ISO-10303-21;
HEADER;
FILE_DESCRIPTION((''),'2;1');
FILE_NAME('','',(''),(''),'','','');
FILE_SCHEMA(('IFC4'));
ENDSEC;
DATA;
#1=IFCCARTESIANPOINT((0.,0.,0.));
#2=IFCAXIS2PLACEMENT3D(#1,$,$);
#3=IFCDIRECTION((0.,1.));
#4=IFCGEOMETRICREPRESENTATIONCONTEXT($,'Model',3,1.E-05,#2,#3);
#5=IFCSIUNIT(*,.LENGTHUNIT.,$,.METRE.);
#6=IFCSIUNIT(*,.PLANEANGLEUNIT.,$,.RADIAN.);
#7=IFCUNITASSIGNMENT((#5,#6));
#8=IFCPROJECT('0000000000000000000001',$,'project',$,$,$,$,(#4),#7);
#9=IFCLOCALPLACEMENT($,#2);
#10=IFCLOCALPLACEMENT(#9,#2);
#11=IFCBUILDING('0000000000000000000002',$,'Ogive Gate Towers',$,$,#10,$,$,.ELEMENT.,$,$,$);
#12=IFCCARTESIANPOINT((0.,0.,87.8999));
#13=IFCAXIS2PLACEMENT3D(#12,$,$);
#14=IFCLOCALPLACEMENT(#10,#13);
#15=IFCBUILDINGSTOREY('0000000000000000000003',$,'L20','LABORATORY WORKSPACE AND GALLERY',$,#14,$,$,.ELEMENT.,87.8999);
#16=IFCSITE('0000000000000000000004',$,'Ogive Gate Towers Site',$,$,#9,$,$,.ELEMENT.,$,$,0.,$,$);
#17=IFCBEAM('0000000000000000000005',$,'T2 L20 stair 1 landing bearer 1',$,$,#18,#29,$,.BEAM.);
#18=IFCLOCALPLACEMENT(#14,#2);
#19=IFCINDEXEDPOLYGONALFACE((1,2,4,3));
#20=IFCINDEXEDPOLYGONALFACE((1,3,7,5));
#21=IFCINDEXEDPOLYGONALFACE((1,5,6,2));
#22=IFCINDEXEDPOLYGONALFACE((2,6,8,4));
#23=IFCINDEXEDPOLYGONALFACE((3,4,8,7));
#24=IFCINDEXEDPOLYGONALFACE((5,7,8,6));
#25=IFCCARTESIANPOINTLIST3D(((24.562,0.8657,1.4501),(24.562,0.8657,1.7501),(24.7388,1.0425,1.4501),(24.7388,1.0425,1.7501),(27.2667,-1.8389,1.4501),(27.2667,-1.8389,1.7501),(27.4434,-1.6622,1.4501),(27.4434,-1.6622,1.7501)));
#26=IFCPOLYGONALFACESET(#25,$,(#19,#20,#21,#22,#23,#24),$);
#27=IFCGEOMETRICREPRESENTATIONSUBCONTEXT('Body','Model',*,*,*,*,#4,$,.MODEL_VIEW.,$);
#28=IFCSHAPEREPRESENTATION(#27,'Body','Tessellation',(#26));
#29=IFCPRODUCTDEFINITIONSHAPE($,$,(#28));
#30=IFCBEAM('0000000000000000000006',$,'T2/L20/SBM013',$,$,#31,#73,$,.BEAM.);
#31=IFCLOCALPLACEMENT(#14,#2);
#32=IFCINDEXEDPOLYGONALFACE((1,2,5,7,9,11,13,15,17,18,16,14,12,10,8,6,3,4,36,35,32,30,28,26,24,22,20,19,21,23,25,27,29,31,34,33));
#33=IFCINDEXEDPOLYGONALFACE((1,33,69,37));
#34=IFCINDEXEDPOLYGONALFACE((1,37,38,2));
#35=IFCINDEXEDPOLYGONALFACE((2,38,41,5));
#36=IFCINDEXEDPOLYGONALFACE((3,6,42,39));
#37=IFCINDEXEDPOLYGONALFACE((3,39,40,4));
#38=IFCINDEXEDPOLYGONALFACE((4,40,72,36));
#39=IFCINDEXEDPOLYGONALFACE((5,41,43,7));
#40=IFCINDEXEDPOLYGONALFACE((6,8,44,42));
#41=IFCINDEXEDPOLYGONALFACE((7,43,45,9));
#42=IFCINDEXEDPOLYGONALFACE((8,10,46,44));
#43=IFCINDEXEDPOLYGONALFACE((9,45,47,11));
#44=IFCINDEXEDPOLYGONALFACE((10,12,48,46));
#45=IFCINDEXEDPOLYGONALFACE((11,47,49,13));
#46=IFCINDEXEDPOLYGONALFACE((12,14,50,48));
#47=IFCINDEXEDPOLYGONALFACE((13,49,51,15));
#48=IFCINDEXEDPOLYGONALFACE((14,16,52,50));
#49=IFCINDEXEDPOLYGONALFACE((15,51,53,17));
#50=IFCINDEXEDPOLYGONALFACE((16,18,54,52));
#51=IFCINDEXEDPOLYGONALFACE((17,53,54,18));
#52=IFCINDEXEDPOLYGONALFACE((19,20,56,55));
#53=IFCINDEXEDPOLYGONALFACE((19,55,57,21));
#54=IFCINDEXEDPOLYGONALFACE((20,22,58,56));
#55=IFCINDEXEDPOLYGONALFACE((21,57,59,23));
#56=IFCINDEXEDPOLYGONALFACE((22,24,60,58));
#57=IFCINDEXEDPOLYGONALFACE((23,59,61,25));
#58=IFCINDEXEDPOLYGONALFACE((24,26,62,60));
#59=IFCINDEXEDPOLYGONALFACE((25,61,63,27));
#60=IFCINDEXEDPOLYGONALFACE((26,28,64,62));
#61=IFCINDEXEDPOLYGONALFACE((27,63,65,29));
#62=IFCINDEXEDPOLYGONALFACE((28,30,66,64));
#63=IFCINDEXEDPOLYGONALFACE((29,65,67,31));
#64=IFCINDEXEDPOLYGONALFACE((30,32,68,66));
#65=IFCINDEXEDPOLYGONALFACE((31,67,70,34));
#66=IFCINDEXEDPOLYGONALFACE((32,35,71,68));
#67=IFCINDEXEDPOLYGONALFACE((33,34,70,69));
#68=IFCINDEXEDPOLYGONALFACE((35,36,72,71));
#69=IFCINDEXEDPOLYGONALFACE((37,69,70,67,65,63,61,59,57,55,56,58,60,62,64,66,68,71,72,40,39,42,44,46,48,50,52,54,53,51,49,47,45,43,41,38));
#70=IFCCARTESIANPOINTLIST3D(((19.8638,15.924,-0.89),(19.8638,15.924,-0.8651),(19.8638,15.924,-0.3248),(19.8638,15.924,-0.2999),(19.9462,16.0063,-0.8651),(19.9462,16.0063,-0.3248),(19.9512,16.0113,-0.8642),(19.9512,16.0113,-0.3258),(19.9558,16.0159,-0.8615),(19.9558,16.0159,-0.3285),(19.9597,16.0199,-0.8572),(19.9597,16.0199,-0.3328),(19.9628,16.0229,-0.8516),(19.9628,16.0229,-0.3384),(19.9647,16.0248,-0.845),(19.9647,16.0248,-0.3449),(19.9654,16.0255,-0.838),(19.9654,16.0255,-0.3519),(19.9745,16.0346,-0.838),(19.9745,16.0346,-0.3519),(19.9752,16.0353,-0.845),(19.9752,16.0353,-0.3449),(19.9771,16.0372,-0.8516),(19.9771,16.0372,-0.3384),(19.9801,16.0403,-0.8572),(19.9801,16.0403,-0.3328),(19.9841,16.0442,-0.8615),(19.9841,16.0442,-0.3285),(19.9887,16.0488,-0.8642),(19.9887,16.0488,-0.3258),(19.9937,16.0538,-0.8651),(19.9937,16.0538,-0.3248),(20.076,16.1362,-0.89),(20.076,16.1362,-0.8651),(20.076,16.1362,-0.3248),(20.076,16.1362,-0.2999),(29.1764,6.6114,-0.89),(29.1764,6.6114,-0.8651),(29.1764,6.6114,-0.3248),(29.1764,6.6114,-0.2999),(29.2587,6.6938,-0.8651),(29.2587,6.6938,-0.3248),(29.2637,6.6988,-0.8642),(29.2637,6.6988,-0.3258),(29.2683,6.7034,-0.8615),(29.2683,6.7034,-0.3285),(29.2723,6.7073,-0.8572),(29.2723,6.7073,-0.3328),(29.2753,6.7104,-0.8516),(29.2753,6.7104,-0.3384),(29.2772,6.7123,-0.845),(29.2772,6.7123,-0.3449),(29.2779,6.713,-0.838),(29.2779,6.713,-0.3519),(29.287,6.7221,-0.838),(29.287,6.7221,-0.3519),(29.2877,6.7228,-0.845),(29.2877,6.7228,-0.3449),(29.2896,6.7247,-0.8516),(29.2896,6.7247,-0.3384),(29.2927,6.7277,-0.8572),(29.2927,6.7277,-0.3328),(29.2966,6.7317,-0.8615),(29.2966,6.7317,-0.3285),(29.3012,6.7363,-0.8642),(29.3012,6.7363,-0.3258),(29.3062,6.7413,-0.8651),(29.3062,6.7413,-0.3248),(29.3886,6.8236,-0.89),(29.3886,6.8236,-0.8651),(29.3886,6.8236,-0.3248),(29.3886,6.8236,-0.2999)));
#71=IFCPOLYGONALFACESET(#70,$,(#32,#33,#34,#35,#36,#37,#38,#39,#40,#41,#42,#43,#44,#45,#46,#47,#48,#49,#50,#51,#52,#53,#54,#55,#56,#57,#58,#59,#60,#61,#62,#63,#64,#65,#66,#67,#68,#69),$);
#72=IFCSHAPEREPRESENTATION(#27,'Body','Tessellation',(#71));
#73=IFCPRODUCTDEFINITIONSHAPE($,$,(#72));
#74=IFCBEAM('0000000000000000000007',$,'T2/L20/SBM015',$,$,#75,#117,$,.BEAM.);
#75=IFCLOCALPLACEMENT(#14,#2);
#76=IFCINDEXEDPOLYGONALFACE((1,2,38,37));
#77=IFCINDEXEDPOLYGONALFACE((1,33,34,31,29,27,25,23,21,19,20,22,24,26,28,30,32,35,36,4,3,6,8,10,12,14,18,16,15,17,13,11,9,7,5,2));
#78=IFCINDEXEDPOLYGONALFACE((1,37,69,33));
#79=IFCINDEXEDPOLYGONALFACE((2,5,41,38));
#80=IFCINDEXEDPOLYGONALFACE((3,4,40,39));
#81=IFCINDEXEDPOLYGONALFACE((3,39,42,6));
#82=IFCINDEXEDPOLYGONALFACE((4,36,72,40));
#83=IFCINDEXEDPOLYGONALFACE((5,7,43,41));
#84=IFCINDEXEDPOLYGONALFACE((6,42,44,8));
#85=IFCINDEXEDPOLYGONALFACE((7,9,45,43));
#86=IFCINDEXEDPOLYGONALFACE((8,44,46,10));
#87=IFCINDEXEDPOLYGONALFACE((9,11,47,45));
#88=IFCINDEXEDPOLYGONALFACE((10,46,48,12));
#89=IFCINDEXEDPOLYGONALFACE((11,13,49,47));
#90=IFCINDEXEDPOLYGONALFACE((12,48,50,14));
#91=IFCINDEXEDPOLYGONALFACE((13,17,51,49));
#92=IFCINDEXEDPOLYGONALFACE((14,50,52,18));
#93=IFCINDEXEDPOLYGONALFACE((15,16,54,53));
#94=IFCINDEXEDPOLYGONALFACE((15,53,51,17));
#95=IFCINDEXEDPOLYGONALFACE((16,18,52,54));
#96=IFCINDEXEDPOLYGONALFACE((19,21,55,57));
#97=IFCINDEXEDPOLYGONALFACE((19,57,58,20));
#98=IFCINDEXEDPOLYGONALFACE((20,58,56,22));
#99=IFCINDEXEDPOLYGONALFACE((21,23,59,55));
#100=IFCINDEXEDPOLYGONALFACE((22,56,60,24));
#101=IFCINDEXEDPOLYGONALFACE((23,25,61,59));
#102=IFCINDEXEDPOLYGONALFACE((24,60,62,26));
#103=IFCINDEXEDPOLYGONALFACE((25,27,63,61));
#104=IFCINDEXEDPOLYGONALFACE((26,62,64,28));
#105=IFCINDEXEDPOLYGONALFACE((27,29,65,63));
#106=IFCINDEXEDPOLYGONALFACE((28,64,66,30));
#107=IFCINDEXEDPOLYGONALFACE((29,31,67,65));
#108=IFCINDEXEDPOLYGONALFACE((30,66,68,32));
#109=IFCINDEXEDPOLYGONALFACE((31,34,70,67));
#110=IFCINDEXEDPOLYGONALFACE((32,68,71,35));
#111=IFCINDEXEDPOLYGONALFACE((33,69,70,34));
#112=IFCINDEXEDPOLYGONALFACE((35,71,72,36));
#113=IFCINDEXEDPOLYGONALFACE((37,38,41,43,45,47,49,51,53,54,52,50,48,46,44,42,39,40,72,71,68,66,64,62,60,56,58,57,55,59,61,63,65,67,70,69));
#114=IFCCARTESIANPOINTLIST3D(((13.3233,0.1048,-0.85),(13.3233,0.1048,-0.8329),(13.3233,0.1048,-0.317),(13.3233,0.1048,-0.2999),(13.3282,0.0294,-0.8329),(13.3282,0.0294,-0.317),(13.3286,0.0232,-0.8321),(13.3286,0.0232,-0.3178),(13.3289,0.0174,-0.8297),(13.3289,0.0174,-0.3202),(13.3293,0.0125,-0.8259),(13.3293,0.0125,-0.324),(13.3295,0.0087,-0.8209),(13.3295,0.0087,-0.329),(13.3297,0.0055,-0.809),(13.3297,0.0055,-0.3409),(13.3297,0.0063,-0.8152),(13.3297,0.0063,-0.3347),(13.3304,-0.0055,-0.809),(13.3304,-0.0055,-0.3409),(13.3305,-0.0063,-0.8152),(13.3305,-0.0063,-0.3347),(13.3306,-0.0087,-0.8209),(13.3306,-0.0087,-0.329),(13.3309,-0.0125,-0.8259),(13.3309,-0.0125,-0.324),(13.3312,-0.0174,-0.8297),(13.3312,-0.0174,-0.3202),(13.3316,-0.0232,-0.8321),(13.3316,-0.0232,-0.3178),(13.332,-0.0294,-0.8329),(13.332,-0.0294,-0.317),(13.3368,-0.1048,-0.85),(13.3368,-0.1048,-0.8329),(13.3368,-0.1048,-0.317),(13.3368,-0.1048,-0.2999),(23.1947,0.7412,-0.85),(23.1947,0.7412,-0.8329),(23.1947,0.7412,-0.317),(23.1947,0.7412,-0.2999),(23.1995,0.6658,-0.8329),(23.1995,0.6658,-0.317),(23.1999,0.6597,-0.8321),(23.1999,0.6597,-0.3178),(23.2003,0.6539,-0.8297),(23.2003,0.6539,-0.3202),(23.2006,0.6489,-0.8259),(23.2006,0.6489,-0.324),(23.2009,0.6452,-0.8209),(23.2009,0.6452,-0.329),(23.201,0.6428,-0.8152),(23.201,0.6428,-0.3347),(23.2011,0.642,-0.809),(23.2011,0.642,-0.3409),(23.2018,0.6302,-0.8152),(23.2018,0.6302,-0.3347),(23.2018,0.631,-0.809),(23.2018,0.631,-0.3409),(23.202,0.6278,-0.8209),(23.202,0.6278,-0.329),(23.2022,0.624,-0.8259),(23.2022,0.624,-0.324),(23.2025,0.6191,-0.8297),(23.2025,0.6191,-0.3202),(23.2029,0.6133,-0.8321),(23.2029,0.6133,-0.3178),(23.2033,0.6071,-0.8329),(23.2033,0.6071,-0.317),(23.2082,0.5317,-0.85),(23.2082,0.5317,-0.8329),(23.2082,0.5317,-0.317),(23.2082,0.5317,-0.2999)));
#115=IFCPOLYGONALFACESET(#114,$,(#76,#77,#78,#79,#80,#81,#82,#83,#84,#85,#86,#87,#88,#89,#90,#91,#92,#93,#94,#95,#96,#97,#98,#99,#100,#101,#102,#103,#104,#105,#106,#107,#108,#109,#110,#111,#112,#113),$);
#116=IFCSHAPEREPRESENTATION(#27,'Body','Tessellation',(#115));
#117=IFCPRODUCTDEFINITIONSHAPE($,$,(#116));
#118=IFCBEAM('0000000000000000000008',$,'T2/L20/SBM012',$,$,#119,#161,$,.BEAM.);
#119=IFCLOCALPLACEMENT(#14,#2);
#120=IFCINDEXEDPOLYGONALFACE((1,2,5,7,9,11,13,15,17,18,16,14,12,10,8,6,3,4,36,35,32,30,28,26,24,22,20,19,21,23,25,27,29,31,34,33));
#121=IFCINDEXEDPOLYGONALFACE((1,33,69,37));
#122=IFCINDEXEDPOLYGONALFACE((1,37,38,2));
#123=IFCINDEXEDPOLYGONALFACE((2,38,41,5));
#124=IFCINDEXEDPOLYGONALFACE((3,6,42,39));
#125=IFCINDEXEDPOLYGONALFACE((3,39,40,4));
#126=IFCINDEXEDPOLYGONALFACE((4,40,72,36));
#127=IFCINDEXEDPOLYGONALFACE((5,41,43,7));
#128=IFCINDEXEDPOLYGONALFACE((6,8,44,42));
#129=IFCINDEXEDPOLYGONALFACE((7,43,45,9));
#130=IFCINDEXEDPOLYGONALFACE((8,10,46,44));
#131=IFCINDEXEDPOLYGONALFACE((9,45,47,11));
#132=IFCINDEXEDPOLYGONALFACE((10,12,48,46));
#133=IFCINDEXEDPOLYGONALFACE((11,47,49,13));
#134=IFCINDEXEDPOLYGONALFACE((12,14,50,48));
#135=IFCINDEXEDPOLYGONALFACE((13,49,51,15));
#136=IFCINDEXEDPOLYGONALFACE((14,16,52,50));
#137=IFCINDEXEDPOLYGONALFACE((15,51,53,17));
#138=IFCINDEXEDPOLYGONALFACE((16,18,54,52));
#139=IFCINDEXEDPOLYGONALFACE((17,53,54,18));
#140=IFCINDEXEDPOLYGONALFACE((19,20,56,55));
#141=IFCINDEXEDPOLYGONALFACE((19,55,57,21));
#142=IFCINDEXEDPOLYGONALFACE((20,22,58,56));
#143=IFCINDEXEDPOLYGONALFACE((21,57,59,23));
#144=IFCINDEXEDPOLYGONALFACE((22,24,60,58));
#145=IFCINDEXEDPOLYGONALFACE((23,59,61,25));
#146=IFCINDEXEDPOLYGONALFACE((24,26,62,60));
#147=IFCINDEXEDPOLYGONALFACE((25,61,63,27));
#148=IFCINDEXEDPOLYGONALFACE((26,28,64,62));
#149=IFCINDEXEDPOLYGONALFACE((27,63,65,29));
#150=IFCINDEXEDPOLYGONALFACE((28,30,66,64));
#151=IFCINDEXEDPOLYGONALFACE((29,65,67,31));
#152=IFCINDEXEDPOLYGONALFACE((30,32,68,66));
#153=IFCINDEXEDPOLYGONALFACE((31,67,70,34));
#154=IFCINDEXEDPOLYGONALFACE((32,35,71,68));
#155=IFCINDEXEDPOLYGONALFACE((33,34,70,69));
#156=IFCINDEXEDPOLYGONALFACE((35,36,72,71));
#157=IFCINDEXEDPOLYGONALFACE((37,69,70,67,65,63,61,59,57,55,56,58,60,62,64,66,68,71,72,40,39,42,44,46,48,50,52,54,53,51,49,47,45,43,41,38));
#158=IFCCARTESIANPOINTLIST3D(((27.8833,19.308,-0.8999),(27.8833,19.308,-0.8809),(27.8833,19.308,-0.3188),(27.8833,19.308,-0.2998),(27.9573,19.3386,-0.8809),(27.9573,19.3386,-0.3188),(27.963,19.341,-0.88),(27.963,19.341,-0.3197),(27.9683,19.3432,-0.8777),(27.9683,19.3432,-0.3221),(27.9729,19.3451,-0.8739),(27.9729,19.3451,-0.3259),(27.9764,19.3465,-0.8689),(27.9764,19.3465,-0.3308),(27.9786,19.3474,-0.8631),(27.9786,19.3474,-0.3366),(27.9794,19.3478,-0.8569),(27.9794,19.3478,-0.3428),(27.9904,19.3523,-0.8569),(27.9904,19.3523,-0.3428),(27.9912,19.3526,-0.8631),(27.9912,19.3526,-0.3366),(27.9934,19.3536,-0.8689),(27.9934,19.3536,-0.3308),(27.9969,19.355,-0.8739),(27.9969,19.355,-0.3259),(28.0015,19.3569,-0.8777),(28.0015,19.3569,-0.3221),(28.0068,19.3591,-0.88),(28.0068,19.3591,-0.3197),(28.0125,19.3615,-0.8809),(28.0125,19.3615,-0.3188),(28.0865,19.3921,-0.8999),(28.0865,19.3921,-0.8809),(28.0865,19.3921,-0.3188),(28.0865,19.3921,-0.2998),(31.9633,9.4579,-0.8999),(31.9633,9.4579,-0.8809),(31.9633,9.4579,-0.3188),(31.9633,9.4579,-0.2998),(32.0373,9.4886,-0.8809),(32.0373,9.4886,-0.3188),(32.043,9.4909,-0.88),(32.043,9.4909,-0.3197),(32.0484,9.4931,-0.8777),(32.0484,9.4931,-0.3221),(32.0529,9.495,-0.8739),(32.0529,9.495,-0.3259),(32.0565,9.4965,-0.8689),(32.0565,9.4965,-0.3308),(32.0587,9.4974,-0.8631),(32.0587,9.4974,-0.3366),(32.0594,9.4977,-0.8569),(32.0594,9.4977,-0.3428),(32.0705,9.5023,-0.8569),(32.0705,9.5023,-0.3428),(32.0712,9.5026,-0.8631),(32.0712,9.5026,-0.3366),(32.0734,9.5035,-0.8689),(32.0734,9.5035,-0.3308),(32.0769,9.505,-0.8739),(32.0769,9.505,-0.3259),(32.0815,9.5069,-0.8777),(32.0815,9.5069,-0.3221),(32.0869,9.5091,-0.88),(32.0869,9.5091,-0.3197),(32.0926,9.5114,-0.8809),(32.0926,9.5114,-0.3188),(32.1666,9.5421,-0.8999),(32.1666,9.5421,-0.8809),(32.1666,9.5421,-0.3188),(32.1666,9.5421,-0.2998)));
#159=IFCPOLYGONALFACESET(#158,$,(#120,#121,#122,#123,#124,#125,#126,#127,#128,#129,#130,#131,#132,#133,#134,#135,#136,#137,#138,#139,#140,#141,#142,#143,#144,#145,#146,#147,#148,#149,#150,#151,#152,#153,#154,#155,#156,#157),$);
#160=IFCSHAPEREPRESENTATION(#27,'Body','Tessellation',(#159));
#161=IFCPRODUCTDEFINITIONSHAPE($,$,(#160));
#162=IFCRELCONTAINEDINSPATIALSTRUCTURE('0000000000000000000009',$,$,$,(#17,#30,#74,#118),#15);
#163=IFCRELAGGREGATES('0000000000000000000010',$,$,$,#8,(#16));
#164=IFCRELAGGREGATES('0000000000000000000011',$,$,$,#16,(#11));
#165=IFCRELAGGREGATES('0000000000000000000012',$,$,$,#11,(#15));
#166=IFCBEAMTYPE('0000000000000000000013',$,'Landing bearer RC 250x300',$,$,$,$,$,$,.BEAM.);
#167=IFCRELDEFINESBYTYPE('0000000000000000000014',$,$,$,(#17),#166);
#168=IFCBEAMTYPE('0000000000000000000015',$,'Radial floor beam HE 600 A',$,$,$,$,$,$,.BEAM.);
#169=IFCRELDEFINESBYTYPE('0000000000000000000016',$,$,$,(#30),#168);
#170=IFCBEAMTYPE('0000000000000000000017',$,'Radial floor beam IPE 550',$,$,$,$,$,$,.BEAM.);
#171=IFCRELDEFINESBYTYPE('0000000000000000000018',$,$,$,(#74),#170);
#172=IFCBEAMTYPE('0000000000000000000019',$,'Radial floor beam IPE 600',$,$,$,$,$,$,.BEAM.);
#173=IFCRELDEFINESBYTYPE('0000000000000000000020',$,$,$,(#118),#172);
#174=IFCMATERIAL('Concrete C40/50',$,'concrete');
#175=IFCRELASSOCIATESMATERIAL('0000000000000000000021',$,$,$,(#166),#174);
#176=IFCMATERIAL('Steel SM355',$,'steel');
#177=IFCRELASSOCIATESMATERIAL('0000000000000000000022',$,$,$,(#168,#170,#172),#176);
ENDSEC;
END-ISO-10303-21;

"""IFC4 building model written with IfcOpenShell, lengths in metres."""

from ifc_helpers import new_model, si_unit, direction, frame, origin, origin_2d, place, context, subcontext, project, spatial, rectangle, i_section, extrude, material, material_profile, profile_set, type_object, element, save


model = new_model("IFC4")

# Units and contexts
model_context = context("Model", 3, precision=1e-05, world=origin(), true_north=direction((0.0, 1.0)))
body_context = subcontext(model_context, "Body", "Model", "MODEL_VIEW")
ifc_project = project(units=[si_unit("LENGTHUNIT", "METRE"), si_unit("PLANEANGLEUNIT", "RADIAN")], contexts=[model_context])

# Site, building, storey
site_placement = place(None, origin())
site = spatial("IfcSite", under=ifc_project, at=site_placement, Name="Ogive Gate Towers Site", CompositionType="ELEMENT", RefElevation=0.0)
building_placement = place(site_placement, origin())
building = spatial("IfcBuilding", under=site, at=building_placement, Name="Ogive Gate Towers", CompositionType="ELEMENT")
storey_placement = place(building_placement, frame((0.0, 0.0, 87.8999)))
storey = spatial("IfcBuildingStorey", under=building, at=storey_placement, Name="L20", Description="LABORATORY WORKSPACE AND GALLERY", CompositionType="ELEMENT", Elevation=87.8999)

# Beams
ifc_material_1 = material(Name="Concrete C40/50", Category="concrete")
ifc_material_profile_1 = material_profile(ifc_material_1, rectangle(XDim=0.25, YDim=0.3, at=origin_2d()), Name="RC 250x300")
ifc_profile_set_1 = profile_set([ifc_material_profile_1], Name="Concrete C40/50")
beam_type_1 = type_object("IfcBeamType", Name="Landing bearer RC 250x300", PredefinedType="BEAM", material=ifc_profile_set_1)
beam_1_placement = place(storey_placement, frame((24.6504, 0.9541, 1.6001), z_axis=(0.707107, -0.707107, 0.0), x_axis=(0.707107, 0.707107, 0.0)))
element("IfcBeam", 1, at=beam_1_placement, inside=storey, type_object=beam_type_1, Name="T2 L20 stair 1 landing bearer 1", PredefinedType="BEAM", context=body_context, shape_type="SweptSolid", body=[
    extrude(rectangle(XDim=0.25, YDim=0.3, at=origin_2d()), origin(), (0.0, 0.0, 1.0), 3.825),
])
ifc_material_2 = material(Name="Steel SM355", Category="steel")
ifc_material_profile_2 = material_profile(ifc_material_2, i_section(OverallWidth=0.3, OverallDepth=0.5901, WebThickness=0.0129, FlangeThickness=0.0249, FilletRadius=0.0271, at=origin_2d()), Name="HE 600 A")
ifc_profile_set_2 = profile_set([ifc_material_profile_2], Name="Steel SM355")
beam_type_2 = type_object("IfcBeamType", Name="Radial floor beam HE 600 A", PredefinedType="BEAM", material=ifc_profile_set_2)
beam_2_placement = place(storey_placement, frame((29.2825, 6.7175, -0.595), z_axis=(-0.707107, 0.707107, 0.0), x_axis=(-0.707107, -0.707107, 0.0)))
element("IfcBeam", 2, at=beam_2_placement, inside=storey, type_object=beam_type_2, Name="T2/L20/SBM013", PredefinedType="BEAM", context=body_context, shape_type="SweptSolid", body=[
    extrude(i_section(OverallWidth=0.3, OverallDepth=0.5901, WebThickness=0.0129, FlangeThickness=0.0249, FilletRadius=0.0271, at=origin_2d()), origin(), (0.0, 0.0, 1.0), 13.1699),
])
ifc_material_profile_3 = material_profile(ifc_material_2, i_section(OverallWidth=0.21, OverallDepth=0.55, WebThickness=0.011, FlangeThickness=0.0171, FilletRadius=0.0239, at=origin_2d()), Name="IPE 550")
ifc_profile_set_3 = profile_set([ifc_material_profile_3], Name="Steel SM355")
beam_type_3 = type_object("IfcBeamType", Name="Radial floor beam IPE 550", PredefinedType="BEAM", material=ifc_profile_set_3)
beam_3_placement = place(storey_placement, frame((23.2014, 0.6365, -0.575), z_axis=(-0.997928, -0.064343, 0.0), x_axis=(0.064343, -0.997928, 0.0)))
element("IfcBeam", 3, at=beam_3_placement, inside=storey, type_object=beam_type_3, Name="T2/L20/SBM015", PredefinedType="BEAM", context=body_context, shape_type="SweptSolid", body=[
    extrude(i_section(OverallWidth=0.21, OverallDepth=0.55, WebThickness=0.011, FlangeThickness=0.0171, FilletRadius=0.0239, at=origin_2d()), origin(), (0.0, 0.0, 1.0), 9.8918),
])
ifc_material_profile_4 = material_profile(ifc_material_2, i_section(OverallWidth=0.22, OverallDepth=0.6001, WebThickness=0.012, FlangeThickness=0.019, FilletRadius=0.0239, at=origin_2d()), Name="IPE 600")
ifc_profile_set_4 = profile_set([ifc_material_profile_4], Name="Steel SM355")
beam_type_4 = type_object("IfcBeamType", Name="Radial floor beam IPE 600", PredefinedType="BEAM", material=ifc_profile_set_4)
for number, where, z_axis, x_axis, name in (
    (4, (32.0649, 9.5, -0.5999), (-0.382686, 0.923878, 0.0), (-0.923878, -0.382686, 0.0), "T2/L20/SBM012"),
):
    element("IfcBeam", number, at=place(storey_placement, frame(where, z_axis=z_axis, x_axis=x_axis)), inside=storey, type_object=beam_type_4, Name=name, PredefinedType="BEAM", context=body_context, shape_type="SweptSolid", body=[
        extrude(i_section(OverallWidth=0.22, OverallDepth=0.6001, WebThickness=0.012, FlangeThickness=0.019, FilletRadius=0.0239, at=origin_2d()), origin(), (0.0, 0.0, 1.0), 10.6616),
    ])

save(model, "model.ifc")
